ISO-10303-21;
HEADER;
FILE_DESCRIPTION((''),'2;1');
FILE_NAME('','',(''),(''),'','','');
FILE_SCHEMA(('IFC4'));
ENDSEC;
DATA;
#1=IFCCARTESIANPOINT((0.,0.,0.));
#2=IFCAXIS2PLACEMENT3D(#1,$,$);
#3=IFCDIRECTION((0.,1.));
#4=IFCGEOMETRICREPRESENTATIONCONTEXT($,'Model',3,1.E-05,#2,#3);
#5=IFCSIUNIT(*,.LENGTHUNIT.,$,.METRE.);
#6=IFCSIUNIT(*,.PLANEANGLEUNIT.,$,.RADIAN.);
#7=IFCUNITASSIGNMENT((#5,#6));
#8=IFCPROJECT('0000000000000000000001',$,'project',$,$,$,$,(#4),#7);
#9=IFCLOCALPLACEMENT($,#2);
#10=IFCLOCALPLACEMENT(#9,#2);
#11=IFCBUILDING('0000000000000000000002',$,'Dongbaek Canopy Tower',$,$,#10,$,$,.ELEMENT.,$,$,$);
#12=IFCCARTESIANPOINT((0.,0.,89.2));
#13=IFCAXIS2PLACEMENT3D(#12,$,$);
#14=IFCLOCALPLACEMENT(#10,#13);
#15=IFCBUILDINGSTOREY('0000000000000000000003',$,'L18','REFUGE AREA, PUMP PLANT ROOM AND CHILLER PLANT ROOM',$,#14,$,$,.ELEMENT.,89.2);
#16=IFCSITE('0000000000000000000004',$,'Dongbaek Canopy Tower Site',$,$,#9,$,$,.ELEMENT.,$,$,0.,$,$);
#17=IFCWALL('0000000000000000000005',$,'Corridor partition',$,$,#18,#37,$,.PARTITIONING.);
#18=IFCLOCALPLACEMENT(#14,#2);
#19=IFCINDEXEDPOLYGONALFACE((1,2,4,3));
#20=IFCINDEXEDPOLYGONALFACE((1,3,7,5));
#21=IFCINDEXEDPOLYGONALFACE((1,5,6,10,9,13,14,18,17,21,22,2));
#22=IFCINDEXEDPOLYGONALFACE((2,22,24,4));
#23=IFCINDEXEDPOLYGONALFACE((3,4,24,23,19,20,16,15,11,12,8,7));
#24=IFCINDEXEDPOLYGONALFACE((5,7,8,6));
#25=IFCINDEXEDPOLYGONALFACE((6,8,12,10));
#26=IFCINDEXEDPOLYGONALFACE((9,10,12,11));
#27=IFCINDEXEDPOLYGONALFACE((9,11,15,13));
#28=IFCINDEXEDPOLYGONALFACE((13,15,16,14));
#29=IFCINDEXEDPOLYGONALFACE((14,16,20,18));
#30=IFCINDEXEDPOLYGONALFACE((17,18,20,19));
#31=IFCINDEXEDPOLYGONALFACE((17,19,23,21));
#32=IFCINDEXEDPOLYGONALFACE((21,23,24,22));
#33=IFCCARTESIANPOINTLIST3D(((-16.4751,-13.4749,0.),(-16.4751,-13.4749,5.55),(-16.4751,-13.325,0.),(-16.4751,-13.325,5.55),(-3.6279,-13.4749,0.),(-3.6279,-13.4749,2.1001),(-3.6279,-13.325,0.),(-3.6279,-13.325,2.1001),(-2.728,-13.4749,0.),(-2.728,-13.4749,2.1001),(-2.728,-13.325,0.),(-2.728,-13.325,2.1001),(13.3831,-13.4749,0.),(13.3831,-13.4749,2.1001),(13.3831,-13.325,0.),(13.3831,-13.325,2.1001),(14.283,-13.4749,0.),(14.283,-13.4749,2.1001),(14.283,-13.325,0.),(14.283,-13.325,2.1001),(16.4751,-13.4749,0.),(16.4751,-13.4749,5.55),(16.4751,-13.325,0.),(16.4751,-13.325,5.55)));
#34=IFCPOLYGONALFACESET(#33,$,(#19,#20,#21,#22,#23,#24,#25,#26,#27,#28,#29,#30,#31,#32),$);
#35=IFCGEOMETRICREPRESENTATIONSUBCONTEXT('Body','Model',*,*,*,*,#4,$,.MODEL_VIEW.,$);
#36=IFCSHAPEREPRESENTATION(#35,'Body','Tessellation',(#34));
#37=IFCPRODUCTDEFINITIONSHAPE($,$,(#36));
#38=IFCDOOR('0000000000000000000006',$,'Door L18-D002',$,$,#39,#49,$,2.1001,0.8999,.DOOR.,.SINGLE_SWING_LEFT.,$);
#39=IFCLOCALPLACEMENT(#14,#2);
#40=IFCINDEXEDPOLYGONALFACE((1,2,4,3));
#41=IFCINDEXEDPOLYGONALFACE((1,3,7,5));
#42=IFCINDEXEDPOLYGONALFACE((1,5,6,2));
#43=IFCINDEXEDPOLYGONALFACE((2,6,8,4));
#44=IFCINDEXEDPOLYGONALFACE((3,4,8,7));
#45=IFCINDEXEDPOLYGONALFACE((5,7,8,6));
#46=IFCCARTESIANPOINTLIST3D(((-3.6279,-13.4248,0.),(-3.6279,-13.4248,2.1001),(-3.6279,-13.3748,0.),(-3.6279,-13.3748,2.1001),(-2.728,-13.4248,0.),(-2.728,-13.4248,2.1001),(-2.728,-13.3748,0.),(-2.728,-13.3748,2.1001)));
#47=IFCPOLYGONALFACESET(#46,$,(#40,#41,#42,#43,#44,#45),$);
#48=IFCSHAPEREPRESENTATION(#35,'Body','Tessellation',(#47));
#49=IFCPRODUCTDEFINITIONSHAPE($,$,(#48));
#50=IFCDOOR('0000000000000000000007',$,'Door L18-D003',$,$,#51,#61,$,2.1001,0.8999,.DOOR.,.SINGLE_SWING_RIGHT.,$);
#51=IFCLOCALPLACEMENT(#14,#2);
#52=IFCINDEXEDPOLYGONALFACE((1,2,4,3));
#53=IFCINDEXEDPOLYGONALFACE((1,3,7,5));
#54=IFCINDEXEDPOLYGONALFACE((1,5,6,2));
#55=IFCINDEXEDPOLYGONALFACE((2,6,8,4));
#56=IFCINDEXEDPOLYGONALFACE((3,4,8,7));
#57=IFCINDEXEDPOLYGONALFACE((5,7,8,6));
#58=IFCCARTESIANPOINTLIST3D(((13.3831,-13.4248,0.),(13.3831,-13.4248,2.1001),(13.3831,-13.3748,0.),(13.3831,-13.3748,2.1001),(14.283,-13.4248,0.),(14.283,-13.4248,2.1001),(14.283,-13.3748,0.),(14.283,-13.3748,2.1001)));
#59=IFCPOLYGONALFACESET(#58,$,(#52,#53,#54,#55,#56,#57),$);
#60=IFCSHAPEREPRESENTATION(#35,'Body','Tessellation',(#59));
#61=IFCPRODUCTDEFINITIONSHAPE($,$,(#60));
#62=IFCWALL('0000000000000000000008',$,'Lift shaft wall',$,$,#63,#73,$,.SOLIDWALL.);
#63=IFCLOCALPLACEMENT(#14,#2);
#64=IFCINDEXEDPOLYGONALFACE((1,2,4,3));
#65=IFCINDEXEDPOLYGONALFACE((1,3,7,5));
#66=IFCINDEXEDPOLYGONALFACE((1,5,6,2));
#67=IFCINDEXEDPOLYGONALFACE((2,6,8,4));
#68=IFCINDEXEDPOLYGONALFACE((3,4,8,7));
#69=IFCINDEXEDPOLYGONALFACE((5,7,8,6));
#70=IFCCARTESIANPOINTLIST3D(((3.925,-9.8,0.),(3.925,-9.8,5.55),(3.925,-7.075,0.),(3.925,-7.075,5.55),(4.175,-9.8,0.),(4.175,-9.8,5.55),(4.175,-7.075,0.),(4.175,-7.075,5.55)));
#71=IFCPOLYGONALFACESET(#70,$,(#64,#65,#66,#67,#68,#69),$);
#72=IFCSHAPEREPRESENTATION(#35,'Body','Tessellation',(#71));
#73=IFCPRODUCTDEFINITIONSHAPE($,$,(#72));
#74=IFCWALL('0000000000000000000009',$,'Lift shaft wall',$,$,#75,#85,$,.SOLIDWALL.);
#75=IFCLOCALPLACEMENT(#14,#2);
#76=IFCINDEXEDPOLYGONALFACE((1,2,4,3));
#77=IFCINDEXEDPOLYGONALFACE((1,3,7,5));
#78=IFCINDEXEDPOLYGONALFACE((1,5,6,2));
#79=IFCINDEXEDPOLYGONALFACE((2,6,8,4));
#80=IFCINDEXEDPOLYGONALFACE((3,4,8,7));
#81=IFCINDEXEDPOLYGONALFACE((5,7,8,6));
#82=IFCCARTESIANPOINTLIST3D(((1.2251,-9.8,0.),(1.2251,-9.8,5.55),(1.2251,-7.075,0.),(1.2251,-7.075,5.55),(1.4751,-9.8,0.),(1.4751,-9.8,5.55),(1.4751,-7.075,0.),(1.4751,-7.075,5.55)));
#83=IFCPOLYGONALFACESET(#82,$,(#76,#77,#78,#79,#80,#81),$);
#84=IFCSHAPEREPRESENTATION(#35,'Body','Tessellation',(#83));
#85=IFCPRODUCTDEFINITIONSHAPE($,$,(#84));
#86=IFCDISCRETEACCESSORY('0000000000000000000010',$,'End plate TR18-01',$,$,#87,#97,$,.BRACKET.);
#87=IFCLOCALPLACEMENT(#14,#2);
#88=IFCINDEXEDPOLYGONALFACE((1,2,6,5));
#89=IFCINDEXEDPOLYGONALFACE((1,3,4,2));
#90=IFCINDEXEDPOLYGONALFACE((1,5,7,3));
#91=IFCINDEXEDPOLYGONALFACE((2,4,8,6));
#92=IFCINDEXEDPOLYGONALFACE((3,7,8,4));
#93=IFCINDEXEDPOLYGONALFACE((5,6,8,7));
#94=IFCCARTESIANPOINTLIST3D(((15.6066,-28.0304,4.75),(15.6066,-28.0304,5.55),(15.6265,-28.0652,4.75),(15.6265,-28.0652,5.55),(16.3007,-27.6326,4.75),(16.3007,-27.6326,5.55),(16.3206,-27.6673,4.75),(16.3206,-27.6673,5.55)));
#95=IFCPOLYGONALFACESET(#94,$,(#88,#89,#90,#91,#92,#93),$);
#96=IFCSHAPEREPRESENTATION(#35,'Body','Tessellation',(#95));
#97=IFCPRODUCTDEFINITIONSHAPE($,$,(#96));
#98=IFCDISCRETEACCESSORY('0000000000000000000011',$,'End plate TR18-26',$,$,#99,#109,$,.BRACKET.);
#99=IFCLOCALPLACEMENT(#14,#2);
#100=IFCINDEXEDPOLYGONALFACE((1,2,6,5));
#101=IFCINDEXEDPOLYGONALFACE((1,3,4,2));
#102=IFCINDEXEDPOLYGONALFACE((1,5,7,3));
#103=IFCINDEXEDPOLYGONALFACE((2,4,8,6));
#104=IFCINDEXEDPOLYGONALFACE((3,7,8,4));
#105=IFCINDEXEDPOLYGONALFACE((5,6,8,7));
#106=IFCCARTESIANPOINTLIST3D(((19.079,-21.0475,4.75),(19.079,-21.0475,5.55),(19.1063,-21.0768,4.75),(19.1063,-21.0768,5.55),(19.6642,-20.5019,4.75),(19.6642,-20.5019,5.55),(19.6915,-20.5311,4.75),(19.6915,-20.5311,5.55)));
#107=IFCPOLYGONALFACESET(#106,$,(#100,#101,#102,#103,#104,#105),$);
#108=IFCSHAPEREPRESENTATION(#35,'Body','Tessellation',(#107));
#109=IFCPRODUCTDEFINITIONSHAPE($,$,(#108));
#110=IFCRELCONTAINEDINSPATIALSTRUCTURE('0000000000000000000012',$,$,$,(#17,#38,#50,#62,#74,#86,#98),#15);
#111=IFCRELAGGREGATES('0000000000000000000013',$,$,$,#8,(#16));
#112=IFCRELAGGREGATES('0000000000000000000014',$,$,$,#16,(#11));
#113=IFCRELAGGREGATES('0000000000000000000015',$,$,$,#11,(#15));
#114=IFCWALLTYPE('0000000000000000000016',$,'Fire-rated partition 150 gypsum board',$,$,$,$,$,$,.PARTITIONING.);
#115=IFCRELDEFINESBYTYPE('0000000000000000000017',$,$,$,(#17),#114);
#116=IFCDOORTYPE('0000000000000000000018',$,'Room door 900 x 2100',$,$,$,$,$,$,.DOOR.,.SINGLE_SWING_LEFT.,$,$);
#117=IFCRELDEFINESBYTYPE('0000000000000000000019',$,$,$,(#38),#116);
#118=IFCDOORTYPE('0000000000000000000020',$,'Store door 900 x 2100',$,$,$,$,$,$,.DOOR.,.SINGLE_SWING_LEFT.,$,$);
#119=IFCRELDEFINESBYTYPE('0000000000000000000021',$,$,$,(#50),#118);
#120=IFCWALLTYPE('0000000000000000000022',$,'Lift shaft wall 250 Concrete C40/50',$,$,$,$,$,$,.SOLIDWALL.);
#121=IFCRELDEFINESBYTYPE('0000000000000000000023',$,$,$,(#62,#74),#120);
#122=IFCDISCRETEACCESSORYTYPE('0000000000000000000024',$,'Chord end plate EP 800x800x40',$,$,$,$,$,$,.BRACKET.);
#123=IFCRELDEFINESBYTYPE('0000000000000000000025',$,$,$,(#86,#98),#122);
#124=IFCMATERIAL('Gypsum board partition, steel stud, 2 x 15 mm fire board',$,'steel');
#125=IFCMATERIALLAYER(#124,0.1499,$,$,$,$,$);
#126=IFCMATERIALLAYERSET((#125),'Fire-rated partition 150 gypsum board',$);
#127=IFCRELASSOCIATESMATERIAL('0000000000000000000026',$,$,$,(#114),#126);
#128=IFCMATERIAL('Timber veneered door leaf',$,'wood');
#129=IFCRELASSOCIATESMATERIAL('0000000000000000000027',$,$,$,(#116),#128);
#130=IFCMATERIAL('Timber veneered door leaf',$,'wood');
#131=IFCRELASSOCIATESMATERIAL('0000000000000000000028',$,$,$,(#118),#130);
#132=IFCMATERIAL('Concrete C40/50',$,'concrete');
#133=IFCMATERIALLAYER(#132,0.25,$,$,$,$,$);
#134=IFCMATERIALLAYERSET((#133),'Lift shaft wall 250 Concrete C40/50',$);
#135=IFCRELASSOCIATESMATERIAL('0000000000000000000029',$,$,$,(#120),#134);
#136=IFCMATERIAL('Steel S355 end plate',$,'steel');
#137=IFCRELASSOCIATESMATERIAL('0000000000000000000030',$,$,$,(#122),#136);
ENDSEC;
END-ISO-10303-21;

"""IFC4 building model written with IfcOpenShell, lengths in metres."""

from ifc_helpers import new_model, si_unit, direction, frame, frame_2d, origin, origin_2d, place, context, subcontext, project, spatial, rectangle, extrude, material, layer, layer_set, type_object, element, fill, save


model = new_model("IFC4")

# Units and contexts
model_context = context("Model", 3, precision=1e-05, world=origin(), true_north=direction((0.0, 1.0)))
body_context = subcontext(model_context, "Body", "Model", "MODEL_VIEW")
ifc_project = project(units=[si_unit("LENGTHUNIT", "METRE"), si_unit("PLANEANGLEUNIT", "RADIAN")], contexts=[model_context])

# Site, building, storey
site_placement = place(None, origin())
site = spatial("IfcSite", under=ifc_project, at=site_placement, Name="Dongbaek Canopy Tower Site", CompositionType="ELEMENT", RefElevation=0.0)
building_placement = place(site_placement, origin())
building = spatial("IfcBuilding", under=site, at=building_placement, Name="Dongbaek Canopy Tower", CompositionType="ELEMENT")
storey_placement = place(building_placement, frame((0.0, 0.0, 89.2)))
storey = spatial("IfcBuildingStorey", under=building, at=storey_placement, Name="L18", Description="REFUGE AREA, PUMP PLANT ROOM AND CHILLER PLANT ROOM", CompositionType="ELEMENT", Elevation=89.2)

# Wall, openings, doors
ifc_material_1 = material(Name="Gypsum board partition, steel stud, 2 x 15 mm fire board", Category="steel")
ifc_layer_1 = layer(ifc_material_1, 0.1499)
ifc_layer_set_1 = layer_set([ifc_layer_1], Name="Fire-rated partition 150 gypsum board")
wall_type_1 = type_object("IfcWallType", Name="Fire-rated partition 150 gypsum board", PredefinedType="PARTITIONING", material=ifc_layer_set_1)
wall_1_placement = place(storey_placement, frame((16.4751, -13.3999, 0.0), z_axis=(0.0, 0.0, 1.0), x_axis=(-1.0, 0.0, 0.0)))
wall_1 = element("IfcWall", 1, at=wall_1_placement, inside=storey, type_object=wall_type_1, Name="Corridor partition", PredefinedType="PARTITIONING", context=body_context, shape_type="SweptSolid", body=[
    extrude(rectangle(XDim=32.9502, YDim=0.1499, at=frame_2d((16.4751, 0.0))), origin(), (0.0, 0.0, 1.0), 5.55),
])
opening_1_placement = place(wall_1_placement, frame((19.2031, 0.0, 0.0)))
opening_1 = element("IfcOpeningElement", 2, at=opening_1_placement, cuts=wall_1, PredefinedType="OPENING", context=body_context, shape_type="SweptSolid", body=[
    extrude(rectangle(XDim=0.8999, YDim=2.1001, at=frame_2d((0.45, 1.05))), frame((0.0, 0.085, 0.0), z_axis=(0.0, -1.0, 0.0), x_axis=(1.0, 0.0, 0.0)), (0.0, 0.0, 1.0), 0.1699),
])
opening_2_placement = place(wall_1_placement, frame((2.1921, 0.0, 0.0)))
opening_2 = element("IfcOpeningElement", 3, at=opening_2_placement, cuts=wall_1, PredefinedType="OPENING", context=body_context, shape_type="SweptSolid", body=[
    extrude(rectangle(XDim=0.8999, YDim=2.1001, at=frame_2d((0.45, 1.05))), frame((0.0, 0.085, 0.0), z_axis=(0.0, -1.0, 0.0), x_axis=(1.0, 0.0, 0.0)), (0.0, 0.0, 1.0), 0.1699),
])
ifc_material_2 = material(Name="Timber veneered door leaf", Category="wood")
door_type_1 = type_object("IfcDoorType", Name="Room door 900 x 2100", OperationType="SINGLE_SWING_LEFT", PredefinedType="DOOR", material=ifc_material_2)
door_1_placement = place(opening_1_placement, origin())
door_1 = element("IfcDoor", 4, at=door_1_placement, inside=storey, type_object=door_type_1, Name="Door L18-D002", OperationType="SINGLE_SWING_LEFT", OverallHeight=2.1001, OverallWidth=0.8999, PredefinedType="DOOR", context=body_context, shape_type="SweptSolid", body=[
    extrude(rectangle(XDim=0.8999, YDim=2.1001, at=frame_2d((0.45, 1.05))), frame((0.0, 0.0249, 0.0), z_axis=(0.0, -1.0, 0.0), x_axis=(1.0, 0.0, 0.0)), (0.0, 0.0, 1.0), 0.05),
])
fill(opening_1, door_1)
ifc_material_3 = material(Name="Timber veneered door leaf", Category="wood")
door_type_2 = type_object("IfcDoorType", Name="Store door 900 x 2100", OperationType="SINGLE_SWING_LEFT", PredefinedType="DOOR", material=ifc_material_3)
door_2_placement = place(opening_2_placement, origin())
door_2 = element("IfcDoor", 5, at=door_2_placement, inside=storey, type_object=door_type_2, Name="Door L18-D003", OperationType="SINGLE_SWING_RIGHT", OverallHeight=2.1001, OverallWidth=0.8999, PredefinedType="DOOR", context=body_context, shape_type="SweptSolid", body=[
    extrude(rectangle(XDim=0.8999, YDim=2.1001, at=frame_2d((0.45, 1.05))), frame((0.0, 0.0249, 0.0), z_axis=(0.0, -1.0, 0.0), x_axis=(1.0, 0.0, 0.0)), (0.0, 0.0, 1.0), 0.05),
])
fill(opening_2, door_2)

# Walls
ifc_material_4 = material(Name="Concrete C40/50", Category="concrete")
ifc_layer_2 = layer(ifc_material_4, 0.25)
ifc_layer_set_2 = layer_set([ifc_layer_2], Name="Lift shaft wall 250 Concrete C40/50")
wall_type_2 = type_object("IfcWallType", Name="Lift shaft wall 250 Concrete C40/50", PredefinedType="SOLIDWALL", material=ifc_layer_set_2)
for number, where, z_axis, x_axis, name in (
    (6, (4.05, -9.8, 0.0), (0.0, 0.0, 1.0), (0.0, 1.0, 0.0), "Lift shaft wall"),
    (7, (1.3501, -9.8, 0.0), (0.0, 0.0, 1.0), (0.0, 1.0, 0.0), "Lift shaft wall"),
):
    element("IfcWall", number, at=place(storey_placement, frame(where, z_axis=z_axis, x_axis=x_axis)), inside=storey, type_object=wall_type_2, Name=name, PredefinedType="SOLIDWALL", context=body_context, shape_type="SweptSolid", body=[
        extrude(rectangle(XDim=2.7251, YDim=0.25, at=frame_2d((1.3625, 0.0))), origin(), (0.0, 0.0, 1.0), 5.55),
    ])

# Discrete accessories
ifc_material_5 = material(Name="Steel S355 end plate", Category="steel")
discrete_accessory_type = type_object("IfcDiscreteAccessoryType", Name="Chord end plate EP 800x800x40", PredefinedType="BRACKET", material=ifc_material_5)
for number, where, z_axis, x_axis, name in (
    (8, (15.9636, -27.8489, 4.75), (0.0, 0.0, 1.0), (0.497316, -0.867569, 0.0), "End plate TR18-01"),
    (9, (19.3853, -20.7893, 4.75), (0.0, 0.0, 1.0), (0.681975, -0.731375, 0.0), "End plate TR18-26"),
):
    element("IfcDiscreteAccessory", number, at=place(storey_placement, frame(where, z_axis=z_axis, x_axis=x_axis)), inside=storey, type_object=discrete_accessory_type, Name=name, PredefinedType="BRACKET", context=body_context, shape_type="SweptSolid", body=[
        extrude(rectangle(XDim=0.04, YDim=0.8, at=origin_2d()), origin(), (0.0, 0.0, 1.0), 0.8),
    ])

save(model, "model.ifc")
